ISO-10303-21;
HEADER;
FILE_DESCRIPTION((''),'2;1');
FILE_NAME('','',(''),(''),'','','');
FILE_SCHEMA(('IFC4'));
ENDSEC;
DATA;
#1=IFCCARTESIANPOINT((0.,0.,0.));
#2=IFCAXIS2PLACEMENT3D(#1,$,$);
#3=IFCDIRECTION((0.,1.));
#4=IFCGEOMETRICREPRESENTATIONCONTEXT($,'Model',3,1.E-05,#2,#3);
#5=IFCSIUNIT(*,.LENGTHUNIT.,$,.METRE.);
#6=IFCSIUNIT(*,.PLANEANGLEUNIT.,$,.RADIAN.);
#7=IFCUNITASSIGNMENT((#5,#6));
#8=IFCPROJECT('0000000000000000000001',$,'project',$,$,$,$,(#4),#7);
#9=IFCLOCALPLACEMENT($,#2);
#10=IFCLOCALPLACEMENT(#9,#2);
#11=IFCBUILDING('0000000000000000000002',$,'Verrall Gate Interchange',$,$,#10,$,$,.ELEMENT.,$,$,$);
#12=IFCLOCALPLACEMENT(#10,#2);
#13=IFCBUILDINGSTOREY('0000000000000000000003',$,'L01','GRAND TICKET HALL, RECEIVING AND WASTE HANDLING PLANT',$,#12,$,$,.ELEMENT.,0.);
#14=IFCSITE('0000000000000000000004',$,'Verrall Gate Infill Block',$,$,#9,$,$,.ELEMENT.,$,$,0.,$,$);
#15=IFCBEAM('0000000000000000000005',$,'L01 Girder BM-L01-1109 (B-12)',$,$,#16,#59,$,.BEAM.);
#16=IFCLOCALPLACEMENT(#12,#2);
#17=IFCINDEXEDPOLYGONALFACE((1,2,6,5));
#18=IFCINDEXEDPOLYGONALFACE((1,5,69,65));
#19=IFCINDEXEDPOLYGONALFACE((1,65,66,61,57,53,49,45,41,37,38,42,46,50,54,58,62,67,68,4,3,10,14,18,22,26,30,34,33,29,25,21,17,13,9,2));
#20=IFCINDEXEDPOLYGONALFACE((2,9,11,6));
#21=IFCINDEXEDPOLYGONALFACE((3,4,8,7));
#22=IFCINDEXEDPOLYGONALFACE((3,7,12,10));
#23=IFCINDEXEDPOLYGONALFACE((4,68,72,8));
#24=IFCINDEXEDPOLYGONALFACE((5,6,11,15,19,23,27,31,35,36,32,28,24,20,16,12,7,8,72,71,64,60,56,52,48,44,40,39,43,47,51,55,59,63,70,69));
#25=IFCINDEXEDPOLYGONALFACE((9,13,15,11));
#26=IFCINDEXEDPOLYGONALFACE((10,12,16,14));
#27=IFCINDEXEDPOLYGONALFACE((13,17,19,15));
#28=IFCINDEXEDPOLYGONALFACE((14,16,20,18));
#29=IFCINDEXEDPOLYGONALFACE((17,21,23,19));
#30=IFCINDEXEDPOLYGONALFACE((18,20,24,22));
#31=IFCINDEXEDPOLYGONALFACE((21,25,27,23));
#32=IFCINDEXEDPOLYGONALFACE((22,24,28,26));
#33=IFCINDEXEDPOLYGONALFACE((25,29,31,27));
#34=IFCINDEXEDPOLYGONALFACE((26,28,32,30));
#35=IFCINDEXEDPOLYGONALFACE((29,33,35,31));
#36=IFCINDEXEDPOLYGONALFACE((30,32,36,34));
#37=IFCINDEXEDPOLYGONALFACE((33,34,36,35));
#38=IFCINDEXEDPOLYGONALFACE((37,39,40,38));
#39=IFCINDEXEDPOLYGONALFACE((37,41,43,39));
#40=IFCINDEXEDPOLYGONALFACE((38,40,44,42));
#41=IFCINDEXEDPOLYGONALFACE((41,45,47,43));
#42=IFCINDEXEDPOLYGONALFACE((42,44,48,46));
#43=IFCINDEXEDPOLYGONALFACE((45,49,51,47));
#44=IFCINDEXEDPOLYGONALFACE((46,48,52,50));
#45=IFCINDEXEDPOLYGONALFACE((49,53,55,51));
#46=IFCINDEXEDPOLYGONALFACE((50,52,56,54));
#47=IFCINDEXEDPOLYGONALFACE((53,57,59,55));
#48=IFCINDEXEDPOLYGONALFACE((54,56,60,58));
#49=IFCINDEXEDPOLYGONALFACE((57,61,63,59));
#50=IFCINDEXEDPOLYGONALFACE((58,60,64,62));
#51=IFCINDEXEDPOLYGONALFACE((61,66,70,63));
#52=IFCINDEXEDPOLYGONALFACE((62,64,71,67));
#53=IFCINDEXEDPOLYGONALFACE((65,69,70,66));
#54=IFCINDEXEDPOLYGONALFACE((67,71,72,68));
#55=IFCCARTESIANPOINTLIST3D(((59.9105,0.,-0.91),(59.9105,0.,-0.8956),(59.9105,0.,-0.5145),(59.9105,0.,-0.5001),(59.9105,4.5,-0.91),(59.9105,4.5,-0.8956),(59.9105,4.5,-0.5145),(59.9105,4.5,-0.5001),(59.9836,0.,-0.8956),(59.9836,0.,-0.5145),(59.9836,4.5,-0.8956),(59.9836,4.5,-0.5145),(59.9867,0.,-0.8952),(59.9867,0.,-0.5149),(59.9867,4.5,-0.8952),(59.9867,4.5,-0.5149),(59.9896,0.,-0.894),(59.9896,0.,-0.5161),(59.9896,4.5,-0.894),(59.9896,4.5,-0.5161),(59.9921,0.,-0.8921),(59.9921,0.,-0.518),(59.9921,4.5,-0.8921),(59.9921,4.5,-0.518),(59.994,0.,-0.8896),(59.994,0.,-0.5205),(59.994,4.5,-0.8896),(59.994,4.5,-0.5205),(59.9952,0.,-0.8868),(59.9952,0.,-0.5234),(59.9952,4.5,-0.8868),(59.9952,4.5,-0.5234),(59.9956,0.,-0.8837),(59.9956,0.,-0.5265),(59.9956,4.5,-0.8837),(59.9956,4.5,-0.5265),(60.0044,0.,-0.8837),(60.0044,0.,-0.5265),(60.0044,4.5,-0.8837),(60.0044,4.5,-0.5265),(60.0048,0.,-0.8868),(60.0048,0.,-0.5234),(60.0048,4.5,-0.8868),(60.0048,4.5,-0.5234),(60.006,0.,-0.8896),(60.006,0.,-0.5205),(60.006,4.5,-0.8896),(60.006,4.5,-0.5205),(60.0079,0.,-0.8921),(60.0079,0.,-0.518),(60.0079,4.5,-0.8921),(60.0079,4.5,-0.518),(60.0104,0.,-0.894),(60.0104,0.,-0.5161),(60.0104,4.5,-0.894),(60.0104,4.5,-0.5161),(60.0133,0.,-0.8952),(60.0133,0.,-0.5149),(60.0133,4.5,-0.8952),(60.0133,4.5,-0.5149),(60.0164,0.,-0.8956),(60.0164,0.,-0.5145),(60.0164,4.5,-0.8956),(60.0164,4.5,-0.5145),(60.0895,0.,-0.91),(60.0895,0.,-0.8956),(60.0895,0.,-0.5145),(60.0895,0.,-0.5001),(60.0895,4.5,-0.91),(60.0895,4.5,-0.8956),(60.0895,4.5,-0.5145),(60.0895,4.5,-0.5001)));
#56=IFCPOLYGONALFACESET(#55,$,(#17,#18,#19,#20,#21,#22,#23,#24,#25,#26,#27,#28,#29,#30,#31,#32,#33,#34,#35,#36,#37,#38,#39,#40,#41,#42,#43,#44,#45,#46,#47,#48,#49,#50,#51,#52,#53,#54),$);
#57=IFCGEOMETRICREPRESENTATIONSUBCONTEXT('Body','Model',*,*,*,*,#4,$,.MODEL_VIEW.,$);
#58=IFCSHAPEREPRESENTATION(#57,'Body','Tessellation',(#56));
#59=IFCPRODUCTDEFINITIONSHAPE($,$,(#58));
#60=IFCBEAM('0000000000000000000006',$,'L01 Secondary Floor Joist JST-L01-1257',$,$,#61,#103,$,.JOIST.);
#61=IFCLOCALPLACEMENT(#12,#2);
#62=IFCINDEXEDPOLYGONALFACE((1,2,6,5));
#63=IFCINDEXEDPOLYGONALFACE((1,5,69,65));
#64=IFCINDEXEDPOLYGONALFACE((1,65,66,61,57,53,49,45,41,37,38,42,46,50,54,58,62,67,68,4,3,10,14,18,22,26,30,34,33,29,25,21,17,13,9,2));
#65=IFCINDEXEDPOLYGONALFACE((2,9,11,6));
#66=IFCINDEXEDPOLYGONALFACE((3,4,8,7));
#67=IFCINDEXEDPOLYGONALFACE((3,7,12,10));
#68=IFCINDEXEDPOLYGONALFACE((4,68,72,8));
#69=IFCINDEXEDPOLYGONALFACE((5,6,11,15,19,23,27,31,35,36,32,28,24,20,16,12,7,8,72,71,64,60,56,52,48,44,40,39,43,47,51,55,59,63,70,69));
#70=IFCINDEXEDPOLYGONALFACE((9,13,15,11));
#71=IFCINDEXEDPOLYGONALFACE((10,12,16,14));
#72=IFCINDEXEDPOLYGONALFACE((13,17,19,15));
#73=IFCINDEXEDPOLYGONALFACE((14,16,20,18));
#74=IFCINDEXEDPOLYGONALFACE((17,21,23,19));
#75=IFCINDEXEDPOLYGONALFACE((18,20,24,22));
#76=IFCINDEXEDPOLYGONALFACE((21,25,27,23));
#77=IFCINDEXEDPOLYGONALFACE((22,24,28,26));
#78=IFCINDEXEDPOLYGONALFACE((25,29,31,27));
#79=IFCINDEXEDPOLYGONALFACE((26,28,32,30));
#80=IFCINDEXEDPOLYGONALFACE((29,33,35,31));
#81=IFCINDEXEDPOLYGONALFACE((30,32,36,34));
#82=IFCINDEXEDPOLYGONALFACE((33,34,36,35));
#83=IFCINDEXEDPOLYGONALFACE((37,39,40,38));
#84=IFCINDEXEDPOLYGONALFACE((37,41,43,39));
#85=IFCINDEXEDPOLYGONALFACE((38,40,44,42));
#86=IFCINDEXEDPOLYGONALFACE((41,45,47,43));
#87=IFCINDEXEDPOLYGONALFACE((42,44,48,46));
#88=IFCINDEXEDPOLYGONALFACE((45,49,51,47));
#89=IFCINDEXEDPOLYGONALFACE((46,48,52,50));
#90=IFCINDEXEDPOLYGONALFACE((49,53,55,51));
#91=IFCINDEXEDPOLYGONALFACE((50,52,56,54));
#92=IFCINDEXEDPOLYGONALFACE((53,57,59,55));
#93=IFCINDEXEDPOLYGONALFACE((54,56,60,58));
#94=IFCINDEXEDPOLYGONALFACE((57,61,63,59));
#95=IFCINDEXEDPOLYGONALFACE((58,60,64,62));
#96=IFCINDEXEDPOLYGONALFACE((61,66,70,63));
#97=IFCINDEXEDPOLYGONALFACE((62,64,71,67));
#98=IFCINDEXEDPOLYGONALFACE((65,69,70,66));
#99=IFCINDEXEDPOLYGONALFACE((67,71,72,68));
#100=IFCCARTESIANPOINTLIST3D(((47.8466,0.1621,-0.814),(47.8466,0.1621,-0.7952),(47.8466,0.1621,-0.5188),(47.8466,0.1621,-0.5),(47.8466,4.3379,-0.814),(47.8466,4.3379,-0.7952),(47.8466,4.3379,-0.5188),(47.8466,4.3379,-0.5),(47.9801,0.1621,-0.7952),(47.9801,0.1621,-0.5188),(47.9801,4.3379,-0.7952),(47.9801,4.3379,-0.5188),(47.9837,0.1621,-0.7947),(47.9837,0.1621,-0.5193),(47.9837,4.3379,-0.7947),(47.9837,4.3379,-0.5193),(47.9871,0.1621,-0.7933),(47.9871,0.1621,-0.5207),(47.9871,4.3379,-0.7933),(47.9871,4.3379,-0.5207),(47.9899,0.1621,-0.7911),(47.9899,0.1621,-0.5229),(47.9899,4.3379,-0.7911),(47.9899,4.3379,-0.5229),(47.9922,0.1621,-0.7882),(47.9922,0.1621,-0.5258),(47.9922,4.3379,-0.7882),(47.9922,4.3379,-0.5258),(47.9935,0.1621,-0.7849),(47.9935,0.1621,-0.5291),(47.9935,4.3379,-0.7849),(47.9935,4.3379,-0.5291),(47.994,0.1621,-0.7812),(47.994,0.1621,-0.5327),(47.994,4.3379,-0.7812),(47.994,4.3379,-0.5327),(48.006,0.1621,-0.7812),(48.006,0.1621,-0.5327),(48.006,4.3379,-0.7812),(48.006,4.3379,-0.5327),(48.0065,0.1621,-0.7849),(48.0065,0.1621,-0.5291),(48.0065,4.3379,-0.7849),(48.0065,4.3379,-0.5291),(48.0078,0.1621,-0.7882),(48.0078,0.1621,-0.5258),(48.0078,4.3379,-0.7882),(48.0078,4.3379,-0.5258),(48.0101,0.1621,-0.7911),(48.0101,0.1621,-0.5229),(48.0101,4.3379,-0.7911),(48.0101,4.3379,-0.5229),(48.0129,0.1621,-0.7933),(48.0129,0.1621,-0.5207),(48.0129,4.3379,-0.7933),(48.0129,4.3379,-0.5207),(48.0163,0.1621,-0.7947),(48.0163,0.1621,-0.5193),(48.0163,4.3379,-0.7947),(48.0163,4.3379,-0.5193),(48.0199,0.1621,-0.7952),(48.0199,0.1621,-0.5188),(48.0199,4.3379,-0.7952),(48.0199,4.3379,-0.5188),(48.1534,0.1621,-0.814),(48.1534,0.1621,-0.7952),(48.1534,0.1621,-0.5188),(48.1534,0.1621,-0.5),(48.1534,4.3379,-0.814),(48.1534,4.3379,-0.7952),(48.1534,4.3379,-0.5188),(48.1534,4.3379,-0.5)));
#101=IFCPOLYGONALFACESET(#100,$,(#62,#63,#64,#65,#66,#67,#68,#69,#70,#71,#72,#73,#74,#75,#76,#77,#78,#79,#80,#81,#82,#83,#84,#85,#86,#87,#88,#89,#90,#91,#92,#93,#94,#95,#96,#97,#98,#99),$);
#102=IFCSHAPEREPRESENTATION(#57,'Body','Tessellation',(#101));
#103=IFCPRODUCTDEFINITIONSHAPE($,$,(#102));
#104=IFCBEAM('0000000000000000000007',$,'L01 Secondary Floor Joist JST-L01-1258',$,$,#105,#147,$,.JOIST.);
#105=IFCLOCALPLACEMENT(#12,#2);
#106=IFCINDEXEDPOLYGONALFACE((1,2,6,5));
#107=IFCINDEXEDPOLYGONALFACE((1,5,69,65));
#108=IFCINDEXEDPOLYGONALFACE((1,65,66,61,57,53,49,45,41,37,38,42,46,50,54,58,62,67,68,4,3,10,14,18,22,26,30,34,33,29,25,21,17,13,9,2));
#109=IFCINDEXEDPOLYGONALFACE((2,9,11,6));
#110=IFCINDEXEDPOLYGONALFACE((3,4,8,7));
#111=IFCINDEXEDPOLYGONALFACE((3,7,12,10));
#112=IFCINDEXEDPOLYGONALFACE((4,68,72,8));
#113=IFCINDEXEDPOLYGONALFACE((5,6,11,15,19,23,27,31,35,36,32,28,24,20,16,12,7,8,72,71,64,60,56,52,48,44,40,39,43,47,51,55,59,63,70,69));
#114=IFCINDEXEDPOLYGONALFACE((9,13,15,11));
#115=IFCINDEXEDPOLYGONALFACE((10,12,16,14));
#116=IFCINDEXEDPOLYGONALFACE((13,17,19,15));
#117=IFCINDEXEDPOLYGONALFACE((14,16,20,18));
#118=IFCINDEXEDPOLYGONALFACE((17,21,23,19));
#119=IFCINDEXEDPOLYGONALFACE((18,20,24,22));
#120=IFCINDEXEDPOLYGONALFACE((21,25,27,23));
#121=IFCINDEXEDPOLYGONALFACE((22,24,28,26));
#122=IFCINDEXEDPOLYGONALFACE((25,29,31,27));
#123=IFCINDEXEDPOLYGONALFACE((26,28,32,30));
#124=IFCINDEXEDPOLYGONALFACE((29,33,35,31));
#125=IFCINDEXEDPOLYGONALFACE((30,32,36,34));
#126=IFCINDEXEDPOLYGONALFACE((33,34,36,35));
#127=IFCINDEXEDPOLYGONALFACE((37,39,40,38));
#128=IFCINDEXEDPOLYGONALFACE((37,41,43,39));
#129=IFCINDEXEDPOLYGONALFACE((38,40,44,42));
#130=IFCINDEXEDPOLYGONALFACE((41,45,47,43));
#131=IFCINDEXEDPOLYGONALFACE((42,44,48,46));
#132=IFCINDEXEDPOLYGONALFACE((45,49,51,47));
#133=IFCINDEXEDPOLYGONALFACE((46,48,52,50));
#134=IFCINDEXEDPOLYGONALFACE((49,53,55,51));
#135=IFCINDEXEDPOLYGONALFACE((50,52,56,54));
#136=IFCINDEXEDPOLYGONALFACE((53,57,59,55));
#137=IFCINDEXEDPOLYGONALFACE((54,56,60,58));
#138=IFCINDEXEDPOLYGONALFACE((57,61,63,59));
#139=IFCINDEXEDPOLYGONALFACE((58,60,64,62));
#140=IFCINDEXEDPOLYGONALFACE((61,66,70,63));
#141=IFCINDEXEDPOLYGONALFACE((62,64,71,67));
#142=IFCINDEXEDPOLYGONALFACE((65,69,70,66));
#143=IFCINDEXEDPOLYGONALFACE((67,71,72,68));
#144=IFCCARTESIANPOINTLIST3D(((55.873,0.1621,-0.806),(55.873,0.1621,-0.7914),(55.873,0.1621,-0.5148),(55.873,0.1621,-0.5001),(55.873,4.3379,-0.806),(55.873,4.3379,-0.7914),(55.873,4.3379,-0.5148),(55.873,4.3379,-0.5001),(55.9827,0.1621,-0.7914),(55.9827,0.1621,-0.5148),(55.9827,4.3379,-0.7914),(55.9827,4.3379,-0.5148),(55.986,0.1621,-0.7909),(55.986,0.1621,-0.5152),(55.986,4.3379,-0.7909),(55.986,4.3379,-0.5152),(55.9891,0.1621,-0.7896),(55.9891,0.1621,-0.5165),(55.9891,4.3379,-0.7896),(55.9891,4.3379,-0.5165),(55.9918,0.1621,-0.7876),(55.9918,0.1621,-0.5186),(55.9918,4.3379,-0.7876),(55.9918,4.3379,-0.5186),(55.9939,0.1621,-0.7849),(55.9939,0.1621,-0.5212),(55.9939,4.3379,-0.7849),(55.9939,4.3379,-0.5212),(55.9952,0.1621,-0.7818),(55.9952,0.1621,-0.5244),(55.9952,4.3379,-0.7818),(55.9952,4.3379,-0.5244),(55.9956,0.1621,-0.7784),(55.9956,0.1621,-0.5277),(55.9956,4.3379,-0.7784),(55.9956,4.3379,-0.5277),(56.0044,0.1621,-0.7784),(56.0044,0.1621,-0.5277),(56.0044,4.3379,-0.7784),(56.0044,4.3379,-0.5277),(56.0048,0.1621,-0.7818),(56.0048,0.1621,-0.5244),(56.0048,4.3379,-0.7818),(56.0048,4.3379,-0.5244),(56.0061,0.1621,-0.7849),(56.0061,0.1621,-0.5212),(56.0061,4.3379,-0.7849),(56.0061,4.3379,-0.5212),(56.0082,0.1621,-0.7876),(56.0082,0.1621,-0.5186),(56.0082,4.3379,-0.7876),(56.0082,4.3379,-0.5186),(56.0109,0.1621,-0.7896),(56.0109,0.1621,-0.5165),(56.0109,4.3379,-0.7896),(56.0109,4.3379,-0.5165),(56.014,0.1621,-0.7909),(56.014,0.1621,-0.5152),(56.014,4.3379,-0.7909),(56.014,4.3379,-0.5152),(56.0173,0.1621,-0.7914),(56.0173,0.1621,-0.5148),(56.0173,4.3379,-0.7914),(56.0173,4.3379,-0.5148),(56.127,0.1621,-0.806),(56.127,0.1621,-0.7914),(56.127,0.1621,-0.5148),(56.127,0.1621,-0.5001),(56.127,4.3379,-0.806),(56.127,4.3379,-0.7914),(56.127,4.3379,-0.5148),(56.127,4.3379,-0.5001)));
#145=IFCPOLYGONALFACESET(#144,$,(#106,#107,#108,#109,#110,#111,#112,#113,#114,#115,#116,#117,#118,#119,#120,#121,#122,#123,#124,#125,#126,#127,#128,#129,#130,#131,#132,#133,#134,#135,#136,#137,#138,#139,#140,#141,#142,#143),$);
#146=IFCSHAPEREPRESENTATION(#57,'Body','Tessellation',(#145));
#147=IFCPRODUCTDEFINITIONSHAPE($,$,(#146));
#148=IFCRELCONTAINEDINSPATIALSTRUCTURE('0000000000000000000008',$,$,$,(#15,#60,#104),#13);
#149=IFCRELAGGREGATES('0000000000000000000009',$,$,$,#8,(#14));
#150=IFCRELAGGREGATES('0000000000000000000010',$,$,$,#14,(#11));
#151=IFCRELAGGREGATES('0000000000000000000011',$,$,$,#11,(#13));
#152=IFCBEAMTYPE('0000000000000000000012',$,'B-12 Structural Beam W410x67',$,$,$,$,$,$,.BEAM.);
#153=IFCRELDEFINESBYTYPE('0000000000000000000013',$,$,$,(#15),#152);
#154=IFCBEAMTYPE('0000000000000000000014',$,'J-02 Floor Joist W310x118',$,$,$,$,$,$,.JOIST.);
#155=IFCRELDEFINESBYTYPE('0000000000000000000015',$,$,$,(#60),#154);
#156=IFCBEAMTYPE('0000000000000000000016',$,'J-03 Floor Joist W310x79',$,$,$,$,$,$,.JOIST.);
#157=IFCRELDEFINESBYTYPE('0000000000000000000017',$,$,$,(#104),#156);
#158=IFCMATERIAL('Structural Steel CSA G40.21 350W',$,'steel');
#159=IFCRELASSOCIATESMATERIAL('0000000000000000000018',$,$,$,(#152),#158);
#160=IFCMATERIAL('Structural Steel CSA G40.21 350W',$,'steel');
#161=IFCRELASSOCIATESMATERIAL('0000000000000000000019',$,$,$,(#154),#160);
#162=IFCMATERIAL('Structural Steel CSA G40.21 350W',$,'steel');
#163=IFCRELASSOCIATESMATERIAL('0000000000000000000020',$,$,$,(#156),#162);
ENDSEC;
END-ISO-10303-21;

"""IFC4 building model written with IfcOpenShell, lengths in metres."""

from ifc_helpers import new_model, si_unit, direction, frame, origin, origin_2d, place, context, subcontext, project, spatial, i_section, extrude, material, material_profile, profile_set, type_object, element, save


model = new_model("IFC4")

# Units and contexts
model_context = context("Model", 3, precision=1e-05, world=origin(), true_north=direction((0.0, 1.0)))
body_context = subcontext(model_context, "Body", "Model", "MODEL_VIEW")
ifc_project = project(units=[si_unit("LENGTHUNIT", "METRE"), si_unit("PLANEANGLEUNIT", "RADIAN")], contexts=[model_context])

# Site, building, storey
site_placement = place(None, origin())
site = spatial("IfcSite", under=ifc_project, at=site_placement, Name="Verrall Gate Infill Block", CompositionType="ELEMENT", RefElevation=0.0)
building_placement = place(site_placement, origin())
building = spatial("IfcBuilding", under=site, at=building_placement, Name="Verrall Gate Interchange", CompositionType="ELEMENT")
storey_placement = place(building_placement, origin())
storey = spatial("IfcBuildingStorey", under=building, at=storey_placement, Name="L01", Description="GRAND TICKET HALL, RECEIVING AND WASTE HANDLING PLANT", CompositionType="ELEMENT", Elevation=0.0)

# Beams
ifc_material_1 = material(Name="Structural Steel CSA G40.21 350W", Category="steel")
ifc_material_profile_1 = material_profile(ifc_material_1, i_section(OverallWidth=0.179, OverallDepth=0.4099, WebThickness=0.0088, FlangeThickness=0.0144, FilletRadius=0.012, at=origin_2d()), Name="W410x67")
ifc_profile_set_1 = profile_set([ifc_material_profile_1], Name="Structural Steel CSA G40.21 350W")
beam_type_1 = type_object("IfcBeamType", Name="B-12 Structural Beam W410x67", PredefinedType="BEAM", material=ifc_profile_set_1)
for number, where, z_axis, x_axis, name in (
    (1, (60.0, 0.0, -0.7051), (0.0, 1.0, 0.0), (-1.0, 0.0, 0.0), "L01 Girder BM-L01-1109 (B-12)"),
):
    element("IfcBeam", number, at=place(storey_placement, frame(where, z_axis=z_axis, x_axis=x_axis)), inside=storey, type_object=beam_type_1, Name=name, PredefinedType="BEAM", context=body_context, shape_type="SweptSolid", body=[
        extrude(i_section(OverallWidth=0.179, OverallDepth=0.4099, WebThickness=0.0088, FlangeThickness=0.0144, FilletRadius=0.012, at=origin_2d()), origin(), (0.0, 0.0, 1.0), 4.5),
    ])
ifc_material_2 = material(Name="Structural Steel CSA G40.21 350W", Category="steel")
ifc_material_profile_2 = material_profile(ifc_material_2, i_section(OverallWidth=0.3069, OverallDepth=0.314, WebThickness=0.012, FlangeThickness=0.0188, FilletRadius=0.0139, at=origin_2d()), Name="W310x118")
ifc_profile_set_2 = profile_set([ifc_material_profile_2], Name="Structural Steel CSA G40.21 350W")
beam_type_2 = type_object("IfcBeamType", Name="J-02 Floor Joist W310x118", PredefinedType="JOIST", material=ifc_profile_set_2)
beam_1_placement = place(storey_placement, frame((48.0, 0.1621, -0.657), z_axis=(0.0, 1.0, 0.0), x_axis=(-1.0, 0.0, 0.0)))
element("IfcBeam", 2, at=beam_1_placement, inside=storey, type_object=beam_type_2, Name="L01 Secondary Floor Joist JST-L01-1257", PredefinedType="JOIST", context=body_context, shape_type="SweptSolid", body=[
    extrude(i_section(OverallWidth=0.3069, OverallDepth=0.314, WebThickness=0.012, FlangeThickness=0.0188, FilletRadius=0.0139, at=origin_2d()), origin(), (0.0, 0.0, 1.0), 4.1758),
])
ifc_material_3 = material(Name="Structural Steel CSA G40.21 350W", Category="steel")
ifc_material_profile_3 = material_profile(ifc_material_3, i_section(OverallWidth=0.2539, OverallDepth=0.3059, WebThickness=0.0088, FlangeThickness=0.0146, FilletRadius=0.0129, at=origin_2d()), Name="W310x79")
ifc_profile_set_3 = profile_set([ifc_material_profile_3], Name="Structural Steel CSA G40.21 350W")
beam_type_3 = type_object("IfcBeamType", Name="J-03 Floor Joist W310x79", PredefinedType="JOIST", material=ifc_profile_set_3)
beam_2_placement = place(storey_placement, frame((56.0, 0.1621, -0.6531), z_axis=(0.0, 1.0, 0.0), x_axis=(-1.0, 0.0, 0.0)))
element("IfcBeam", 3, at=beam_2_placement, inside=storey, type_object=beam_type_3, Name="L01 Secondary Floor Joist JST-L01-1258", PredefinedType="JOIST", context=body_context, shape_type="SweptSolid", body=[
    extrude(i_section(OverallWidth=0.2539, OverallDepth=0.3059, WebThickness=0.0088, FlangeThickness=0.0146, FilletRadius=0.0129, at=origin_2d()), origin(), (0.0, 0.0, 1.0), 4.1758),
])

save(model, "model.ifc")
